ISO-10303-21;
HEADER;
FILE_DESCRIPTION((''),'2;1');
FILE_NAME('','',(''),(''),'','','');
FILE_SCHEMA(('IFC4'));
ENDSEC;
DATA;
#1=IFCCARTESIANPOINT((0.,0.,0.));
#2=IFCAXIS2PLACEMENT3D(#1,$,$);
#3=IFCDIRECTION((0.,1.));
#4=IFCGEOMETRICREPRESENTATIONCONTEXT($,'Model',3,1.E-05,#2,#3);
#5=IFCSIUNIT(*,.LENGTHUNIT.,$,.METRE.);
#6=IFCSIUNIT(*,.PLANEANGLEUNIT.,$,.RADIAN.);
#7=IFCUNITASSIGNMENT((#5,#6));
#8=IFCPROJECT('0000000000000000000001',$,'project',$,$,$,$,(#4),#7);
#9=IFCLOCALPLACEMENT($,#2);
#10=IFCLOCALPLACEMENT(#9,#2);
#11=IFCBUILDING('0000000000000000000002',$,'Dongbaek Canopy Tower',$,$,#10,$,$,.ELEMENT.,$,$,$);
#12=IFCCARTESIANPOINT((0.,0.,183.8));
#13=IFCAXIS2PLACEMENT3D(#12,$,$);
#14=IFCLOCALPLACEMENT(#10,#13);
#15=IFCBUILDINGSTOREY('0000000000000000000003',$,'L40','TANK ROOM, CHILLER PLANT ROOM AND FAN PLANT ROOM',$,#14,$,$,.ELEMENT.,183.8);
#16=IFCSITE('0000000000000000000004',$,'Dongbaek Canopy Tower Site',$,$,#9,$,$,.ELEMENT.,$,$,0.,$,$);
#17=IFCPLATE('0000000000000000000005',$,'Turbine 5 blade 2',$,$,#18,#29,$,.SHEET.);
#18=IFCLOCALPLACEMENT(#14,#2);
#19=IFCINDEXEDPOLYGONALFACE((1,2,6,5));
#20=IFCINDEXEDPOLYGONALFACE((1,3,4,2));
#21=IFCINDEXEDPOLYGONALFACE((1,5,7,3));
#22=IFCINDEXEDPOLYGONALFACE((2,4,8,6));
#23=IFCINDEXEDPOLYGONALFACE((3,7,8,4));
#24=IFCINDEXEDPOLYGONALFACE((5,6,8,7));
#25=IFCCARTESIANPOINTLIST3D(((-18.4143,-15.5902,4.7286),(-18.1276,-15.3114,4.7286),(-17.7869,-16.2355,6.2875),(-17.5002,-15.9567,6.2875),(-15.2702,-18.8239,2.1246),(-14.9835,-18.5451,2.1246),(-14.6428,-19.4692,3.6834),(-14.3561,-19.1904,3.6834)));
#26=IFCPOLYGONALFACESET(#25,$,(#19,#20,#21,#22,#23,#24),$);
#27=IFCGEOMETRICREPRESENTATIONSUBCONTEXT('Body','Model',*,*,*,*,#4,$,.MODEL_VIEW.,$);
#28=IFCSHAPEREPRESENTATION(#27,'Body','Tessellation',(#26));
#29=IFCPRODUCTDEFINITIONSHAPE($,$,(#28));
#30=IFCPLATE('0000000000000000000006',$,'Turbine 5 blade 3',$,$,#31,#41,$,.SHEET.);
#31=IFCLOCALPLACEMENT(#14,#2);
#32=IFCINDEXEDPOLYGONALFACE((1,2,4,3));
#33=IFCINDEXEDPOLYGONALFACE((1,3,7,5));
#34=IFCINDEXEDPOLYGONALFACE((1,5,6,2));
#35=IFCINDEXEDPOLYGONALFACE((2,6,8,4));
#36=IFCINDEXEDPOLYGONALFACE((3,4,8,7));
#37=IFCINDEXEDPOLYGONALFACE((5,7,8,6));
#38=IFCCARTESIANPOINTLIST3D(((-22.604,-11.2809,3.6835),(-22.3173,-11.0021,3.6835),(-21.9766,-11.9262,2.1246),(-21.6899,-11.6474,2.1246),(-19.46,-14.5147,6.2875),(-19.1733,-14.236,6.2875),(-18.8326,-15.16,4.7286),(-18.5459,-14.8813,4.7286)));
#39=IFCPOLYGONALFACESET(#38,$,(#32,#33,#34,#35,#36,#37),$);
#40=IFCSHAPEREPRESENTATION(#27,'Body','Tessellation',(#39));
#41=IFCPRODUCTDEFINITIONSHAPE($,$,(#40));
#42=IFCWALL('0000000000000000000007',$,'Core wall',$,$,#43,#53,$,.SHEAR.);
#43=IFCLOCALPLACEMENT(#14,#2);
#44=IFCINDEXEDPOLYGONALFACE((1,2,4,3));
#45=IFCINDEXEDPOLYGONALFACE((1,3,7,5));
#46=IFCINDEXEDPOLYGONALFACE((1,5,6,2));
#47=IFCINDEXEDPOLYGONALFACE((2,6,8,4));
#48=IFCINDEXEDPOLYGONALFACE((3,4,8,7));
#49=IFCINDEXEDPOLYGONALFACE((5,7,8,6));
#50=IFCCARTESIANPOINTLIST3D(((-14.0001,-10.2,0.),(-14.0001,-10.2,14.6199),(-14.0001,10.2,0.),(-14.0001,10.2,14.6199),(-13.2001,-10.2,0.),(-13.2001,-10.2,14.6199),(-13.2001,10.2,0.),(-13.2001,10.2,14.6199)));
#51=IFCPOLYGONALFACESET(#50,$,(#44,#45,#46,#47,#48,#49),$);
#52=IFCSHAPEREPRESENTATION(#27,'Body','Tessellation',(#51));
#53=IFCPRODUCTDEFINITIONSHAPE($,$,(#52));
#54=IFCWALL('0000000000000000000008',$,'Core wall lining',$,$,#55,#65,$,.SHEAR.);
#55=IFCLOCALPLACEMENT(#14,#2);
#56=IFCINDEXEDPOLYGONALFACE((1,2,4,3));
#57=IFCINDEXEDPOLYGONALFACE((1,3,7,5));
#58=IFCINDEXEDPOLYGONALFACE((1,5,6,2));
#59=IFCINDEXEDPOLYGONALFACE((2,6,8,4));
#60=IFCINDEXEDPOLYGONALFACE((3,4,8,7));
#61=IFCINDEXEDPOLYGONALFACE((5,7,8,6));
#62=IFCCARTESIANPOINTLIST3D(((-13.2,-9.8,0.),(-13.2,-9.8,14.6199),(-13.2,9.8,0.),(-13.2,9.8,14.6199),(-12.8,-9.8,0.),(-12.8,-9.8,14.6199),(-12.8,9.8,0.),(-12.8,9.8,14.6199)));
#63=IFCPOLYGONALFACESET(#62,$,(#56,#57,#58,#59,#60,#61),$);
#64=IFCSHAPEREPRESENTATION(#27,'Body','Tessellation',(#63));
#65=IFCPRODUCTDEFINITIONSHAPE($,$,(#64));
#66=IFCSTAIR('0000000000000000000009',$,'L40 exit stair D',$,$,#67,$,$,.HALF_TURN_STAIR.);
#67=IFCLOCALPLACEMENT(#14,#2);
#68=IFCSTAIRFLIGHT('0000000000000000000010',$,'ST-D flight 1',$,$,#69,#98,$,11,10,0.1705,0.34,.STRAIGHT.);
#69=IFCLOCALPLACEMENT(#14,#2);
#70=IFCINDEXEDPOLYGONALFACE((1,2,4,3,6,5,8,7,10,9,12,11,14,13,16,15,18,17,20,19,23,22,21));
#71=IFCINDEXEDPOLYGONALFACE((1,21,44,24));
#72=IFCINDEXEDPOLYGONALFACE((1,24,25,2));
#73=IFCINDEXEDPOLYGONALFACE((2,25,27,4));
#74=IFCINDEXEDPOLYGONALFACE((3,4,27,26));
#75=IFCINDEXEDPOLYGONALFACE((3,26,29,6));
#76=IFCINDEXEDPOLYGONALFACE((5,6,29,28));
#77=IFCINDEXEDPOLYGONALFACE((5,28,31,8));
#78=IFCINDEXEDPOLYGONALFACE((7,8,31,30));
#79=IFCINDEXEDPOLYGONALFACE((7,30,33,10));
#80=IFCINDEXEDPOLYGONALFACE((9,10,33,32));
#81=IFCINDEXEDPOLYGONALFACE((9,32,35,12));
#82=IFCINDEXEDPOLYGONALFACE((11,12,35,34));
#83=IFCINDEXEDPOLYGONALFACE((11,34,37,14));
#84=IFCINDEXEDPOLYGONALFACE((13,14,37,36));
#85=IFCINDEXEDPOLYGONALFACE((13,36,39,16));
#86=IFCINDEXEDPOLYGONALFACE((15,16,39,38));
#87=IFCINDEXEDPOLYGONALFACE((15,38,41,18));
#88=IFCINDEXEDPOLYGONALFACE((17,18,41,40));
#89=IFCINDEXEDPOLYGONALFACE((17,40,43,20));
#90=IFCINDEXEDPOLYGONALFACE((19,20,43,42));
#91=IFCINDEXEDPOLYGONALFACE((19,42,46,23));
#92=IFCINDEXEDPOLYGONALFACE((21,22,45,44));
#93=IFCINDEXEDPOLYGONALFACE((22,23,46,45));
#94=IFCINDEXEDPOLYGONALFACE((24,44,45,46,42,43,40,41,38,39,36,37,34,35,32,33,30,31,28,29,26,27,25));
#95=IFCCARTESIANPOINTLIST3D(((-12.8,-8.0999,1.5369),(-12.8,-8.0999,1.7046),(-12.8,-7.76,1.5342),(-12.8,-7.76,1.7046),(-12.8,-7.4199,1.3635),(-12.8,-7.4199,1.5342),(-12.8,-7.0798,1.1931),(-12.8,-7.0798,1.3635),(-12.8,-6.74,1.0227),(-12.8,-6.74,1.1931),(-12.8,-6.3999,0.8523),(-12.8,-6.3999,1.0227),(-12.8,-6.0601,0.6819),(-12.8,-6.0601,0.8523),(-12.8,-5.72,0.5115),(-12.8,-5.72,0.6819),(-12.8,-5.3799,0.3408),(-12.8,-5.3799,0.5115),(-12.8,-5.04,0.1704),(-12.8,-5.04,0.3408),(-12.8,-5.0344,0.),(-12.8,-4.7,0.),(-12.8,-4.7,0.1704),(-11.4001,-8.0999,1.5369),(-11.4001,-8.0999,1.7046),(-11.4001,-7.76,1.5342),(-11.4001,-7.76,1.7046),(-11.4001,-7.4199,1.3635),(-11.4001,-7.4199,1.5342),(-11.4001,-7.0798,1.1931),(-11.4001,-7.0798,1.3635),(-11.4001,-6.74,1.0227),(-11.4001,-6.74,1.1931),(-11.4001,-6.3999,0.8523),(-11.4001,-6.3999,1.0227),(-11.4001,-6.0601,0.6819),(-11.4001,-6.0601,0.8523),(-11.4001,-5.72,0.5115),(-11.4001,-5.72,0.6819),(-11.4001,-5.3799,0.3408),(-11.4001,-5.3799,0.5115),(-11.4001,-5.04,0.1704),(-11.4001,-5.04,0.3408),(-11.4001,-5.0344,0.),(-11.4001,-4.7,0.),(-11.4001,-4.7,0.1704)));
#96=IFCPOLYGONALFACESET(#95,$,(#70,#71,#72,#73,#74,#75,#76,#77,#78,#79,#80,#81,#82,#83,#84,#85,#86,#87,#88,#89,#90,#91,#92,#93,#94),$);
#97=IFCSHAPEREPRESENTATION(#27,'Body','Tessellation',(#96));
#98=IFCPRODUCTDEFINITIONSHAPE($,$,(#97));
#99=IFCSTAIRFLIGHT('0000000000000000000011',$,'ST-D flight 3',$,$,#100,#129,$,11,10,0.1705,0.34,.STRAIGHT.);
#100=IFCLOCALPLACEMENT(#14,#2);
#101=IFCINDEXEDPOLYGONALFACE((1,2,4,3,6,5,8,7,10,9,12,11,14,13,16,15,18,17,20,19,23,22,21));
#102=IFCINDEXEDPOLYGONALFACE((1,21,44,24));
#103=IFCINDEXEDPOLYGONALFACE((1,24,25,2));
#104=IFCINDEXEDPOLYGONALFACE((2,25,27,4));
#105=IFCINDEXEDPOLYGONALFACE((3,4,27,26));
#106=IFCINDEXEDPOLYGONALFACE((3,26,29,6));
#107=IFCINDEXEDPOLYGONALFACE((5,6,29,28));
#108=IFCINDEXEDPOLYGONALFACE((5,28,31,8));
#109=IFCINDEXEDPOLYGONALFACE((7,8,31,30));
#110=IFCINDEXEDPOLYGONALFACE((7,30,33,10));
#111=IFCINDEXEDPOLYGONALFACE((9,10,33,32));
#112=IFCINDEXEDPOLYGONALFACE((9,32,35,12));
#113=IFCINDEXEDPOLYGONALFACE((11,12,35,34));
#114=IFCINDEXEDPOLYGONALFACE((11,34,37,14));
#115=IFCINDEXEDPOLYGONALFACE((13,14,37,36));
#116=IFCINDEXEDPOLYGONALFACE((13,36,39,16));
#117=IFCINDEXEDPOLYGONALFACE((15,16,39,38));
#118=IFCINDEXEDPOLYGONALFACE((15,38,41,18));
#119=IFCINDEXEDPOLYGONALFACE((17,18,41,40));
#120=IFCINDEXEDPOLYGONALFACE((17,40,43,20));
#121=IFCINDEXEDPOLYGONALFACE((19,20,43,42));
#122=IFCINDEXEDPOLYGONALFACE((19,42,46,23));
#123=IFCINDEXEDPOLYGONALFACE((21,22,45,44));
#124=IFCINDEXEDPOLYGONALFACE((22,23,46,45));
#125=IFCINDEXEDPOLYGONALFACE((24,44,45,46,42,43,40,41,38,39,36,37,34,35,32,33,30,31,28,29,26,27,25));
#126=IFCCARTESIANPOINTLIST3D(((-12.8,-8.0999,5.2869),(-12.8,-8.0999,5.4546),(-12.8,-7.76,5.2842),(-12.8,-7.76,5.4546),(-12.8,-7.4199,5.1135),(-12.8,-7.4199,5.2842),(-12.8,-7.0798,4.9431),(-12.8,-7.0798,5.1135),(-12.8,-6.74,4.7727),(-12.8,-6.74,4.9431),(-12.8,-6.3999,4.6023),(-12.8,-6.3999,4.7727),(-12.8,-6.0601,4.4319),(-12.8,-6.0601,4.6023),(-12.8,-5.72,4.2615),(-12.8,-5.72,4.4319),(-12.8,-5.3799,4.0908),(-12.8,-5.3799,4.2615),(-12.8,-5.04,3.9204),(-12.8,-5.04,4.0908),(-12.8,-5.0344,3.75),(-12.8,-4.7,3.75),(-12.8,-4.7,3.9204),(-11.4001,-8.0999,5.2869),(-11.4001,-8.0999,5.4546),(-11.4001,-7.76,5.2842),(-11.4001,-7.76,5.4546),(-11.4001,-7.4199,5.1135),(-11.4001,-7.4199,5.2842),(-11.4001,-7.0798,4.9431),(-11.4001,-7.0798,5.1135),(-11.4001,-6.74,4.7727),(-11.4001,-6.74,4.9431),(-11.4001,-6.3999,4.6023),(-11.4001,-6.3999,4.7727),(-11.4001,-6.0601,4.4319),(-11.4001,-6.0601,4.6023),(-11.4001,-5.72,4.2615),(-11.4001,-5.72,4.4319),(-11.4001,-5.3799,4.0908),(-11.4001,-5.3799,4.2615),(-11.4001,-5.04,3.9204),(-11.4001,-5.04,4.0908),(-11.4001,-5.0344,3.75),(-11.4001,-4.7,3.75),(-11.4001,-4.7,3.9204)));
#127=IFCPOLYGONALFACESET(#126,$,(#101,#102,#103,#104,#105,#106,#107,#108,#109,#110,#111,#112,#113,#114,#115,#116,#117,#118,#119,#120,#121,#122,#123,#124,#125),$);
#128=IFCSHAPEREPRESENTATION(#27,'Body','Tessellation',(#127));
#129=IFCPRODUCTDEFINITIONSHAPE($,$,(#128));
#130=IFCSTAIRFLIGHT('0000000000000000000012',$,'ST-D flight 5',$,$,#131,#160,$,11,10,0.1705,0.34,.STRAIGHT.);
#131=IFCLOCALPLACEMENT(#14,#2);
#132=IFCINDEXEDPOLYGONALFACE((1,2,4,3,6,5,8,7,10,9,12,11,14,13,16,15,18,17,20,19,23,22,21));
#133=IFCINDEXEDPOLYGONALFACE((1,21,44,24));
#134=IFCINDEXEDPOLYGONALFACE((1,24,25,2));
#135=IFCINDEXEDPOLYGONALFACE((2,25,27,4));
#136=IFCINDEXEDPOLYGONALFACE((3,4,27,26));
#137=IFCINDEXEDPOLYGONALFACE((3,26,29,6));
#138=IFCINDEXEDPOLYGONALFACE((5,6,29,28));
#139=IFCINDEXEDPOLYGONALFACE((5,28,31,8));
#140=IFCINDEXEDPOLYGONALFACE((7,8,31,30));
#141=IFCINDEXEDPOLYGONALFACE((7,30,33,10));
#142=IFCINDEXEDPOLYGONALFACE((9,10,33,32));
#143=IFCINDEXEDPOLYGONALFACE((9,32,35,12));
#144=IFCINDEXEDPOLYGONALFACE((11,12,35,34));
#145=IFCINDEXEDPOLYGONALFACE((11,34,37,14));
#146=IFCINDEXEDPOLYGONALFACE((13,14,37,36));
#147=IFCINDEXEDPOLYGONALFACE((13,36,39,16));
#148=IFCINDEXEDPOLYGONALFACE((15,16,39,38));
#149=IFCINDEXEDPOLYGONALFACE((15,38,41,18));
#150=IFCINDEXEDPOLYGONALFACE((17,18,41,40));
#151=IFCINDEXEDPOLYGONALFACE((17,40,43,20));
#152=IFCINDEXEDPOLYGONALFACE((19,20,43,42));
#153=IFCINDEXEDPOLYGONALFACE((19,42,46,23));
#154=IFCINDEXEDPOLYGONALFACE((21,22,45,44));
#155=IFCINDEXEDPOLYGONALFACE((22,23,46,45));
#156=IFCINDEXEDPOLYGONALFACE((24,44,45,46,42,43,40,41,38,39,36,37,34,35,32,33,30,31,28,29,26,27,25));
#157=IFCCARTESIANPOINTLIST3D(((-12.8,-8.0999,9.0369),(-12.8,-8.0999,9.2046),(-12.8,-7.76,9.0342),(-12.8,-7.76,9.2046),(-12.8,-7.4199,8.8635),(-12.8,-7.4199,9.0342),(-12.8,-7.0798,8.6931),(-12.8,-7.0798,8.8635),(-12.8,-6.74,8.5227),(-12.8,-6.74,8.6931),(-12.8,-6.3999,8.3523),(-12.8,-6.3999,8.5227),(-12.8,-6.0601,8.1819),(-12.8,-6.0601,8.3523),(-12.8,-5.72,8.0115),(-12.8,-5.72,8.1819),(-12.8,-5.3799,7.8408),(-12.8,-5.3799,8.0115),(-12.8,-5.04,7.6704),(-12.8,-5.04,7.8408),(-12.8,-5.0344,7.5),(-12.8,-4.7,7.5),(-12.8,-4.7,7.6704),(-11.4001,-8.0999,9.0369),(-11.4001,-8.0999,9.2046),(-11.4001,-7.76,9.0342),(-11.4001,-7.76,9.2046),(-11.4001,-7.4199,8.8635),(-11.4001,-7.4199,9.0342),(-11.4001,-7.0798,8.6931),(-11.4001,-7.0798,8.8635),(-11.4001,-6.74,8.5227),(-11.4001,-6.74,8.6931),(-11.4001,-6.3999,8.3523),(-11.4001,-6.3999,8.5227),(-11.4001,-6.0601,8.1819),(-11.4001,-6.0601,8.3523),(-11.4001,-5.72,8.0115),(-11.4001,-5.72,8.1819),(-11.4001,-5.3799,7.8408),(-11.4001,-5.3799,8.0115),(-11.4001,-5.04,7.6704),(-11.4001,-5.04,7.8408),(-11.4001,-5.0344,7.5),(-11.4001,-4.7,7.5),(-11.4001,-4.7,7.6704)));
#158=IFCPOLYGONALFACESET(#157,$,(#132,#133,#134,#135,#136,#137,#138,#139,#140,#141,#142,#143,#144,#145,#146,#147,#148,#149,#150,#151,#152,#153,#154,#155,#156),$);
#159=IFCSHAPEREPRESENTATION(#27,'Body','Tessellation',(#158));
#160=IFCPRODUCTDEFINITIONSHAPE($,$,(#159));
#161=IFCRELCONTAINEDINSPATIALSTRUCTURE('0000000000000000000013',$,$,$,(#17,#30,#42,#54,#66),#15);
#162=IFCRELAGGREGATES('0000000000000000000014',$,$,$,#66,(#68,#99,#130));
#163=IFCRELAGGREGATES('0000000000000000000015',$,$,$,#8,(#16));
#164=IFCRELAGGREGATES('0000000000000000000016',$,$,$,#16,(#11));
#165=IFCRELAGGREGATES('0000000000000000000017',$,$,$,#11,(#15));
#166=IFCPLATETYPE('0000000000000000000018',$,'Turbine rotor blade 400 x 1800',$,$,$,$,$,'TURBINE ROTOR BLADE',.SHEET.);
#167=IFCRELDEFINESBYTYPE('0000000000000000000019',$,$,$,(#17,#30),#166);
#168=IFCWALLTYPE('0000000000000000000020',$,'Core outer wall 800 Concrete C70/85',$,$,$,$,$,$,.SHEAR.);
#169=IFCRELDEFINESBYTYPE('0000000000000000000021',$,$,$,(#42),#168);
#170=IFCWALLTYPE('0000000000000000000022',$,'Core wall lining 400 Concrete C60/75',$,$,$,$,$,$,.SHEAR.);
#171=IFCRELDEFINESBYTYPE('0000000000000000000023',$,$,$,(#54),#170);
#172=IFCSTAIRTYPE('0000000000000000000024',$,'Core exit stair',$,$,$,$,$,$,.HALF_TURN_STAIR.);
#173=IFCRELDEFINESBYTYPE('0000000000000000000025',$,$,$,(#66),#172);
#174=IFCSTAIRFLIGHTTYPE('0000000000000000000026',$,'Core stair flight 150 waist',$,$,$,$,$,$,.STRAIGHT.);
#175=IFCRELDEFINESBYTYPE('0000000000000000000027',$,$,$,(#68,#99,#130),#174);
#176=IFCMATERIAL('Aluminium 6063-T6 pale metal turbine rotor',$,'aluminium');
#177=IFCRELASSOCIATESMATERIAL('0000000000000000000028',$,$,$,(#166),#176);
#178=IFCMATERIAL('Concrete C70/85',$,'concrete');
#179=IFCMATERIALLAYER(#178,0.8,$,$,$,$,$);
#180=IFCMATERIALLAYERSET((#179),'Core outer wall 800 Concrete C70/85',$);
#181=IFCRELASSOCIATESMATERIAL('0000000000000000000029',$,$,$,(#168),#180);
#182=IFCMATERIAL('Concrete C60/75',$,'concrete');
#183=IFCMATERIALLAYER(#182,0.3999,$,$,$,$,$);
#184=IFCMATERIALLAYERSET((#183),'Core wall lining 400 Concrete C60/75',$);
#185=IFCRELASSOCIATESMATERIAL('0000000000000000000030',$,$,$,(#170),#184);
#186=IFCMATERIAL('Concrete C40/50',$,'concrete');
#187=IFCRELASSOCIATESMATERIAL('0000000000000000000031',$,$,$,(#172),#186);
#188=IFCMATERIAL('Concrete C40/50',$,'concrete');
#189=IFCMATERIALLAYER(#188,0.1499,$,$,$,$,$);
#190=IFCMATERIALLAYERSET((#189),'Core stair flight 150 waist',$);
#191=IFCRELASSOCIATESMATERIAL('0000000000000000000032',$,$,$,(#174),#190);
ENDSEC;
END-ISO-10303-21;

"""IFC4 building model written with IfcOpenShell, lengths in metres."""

from ifc_helpers import new_model, si_unit, direction, frame, frame_2d, origin, origin_2d, place, context, subcontext, project, spatial, polyline, rectangle, outline, extrude, material, layer, layer_set, material_profile, profile_set, type_object, element, aggregate, save


model = new_model("IFC4")

# Units and contexts
model_context = context("Model", 3, precision=1e-05, world=origin(), true_north=direction((0.0, 1.0)))
body_context = subcontext(model_context, "Body", "Model", "MODEL_VIEW")
ifc_project = project(units=[si_unit("LENGTHUNIT", "METRE"), si_unit("PLANEANGLEUNIT", "RADIAN")], contexts=[model_context])

# Site, building, storey
site_placement = place(None, origin())
site = spatial("IfcSite", under=ifc_project, at=site_placement, Name="Dongbaek Canopy Tower Site", CompositionType="ELEMENT", RefElevation=0.0)
building_placement = place(site_placement, origin())
building = spatial("IfcBuilding", under=site, at=building_placement, Name="Dongbaek Canopy Tower", CompositionType="ELEMENT")
storey_placement = place(building_placement, frame((0.0, 0.0, 183.8)))
storey = spatial("IfcBuildingStorey", under=building, at=storey_placement, Name="L40", Description="TANK ROOM, CHILLER PLANT ROOM AND FAN PLANT ROOM", CompositionType="ELEMENT", Elevation=183.8)

# Plates
ifc_material_1 = material(Name="Aluminium 6063-T6 pale metal turbine rotor", Category="aluminium")
ifc_material_profile_1 = material_profile(ifc_material_1, rectangle(XDim=0.3999, YDim=1.8, at=origin_2d()), Name="Turbine rotor blade 400 x 1800")
ifc_profile_set_1 = profile_set([ifc_material_profile_1], Name="Aluminium 6063-T6 pale metal turbine rotor")
plate_type = type_object("IfcPlateType", Name="Turbine rotor blade 400 x 1800", ElementType="TURBINE ROTOR BLADE", PredefinedType="SHEET", material=ifc_profile_set_1)
for number, where, z_axis, x_axis, name in (
    (1, (-17.9573, -15.7734, 5.5081), (0.603706, -0.62091, -0.50001), (0.71697, 0.697104, 0.0), "Turbine 5 blade 2"),
    (2, (-19.0029, -14.698, 5.5081), (-0.603688, 0.620939, -0.499995), (-0.716996, -0.697077, 0.0), "Turbine 5 blade 3"),
):
    element("IfcPlate", number, at=place(storey_placement, frame(where, z_axis=z_axis, x_axis=x_axis)), inside=storey, type_object=plate_type, Name=name, PredefinedType="SHEET", context=body_context, shape_type="SweptSolid", body=[
        extrude(rectangle(XDim=0.3999, YDim=1.8, at=origin_2d()), origin(), (0.0, 0.0, 1.0), 5.208),
    ])

# Walls
ifc_material_2 = material(Name="Concrete C70/85", Category="concrete")
ifc_layer_1 = layer(ifc_material_2, 0.8)
ifc_layer_set_1 = layer_set([ifc_layer_1], Name="Core outer wall 800 Concrete C70/85")
wall_type_1 = type_object("IfcWallType", Name="Core outer wall 800 Concrete C70/85", PredefinedType="SHEAR", material=ifc_layer_set_1)
wall_1_placement = place(storey_placement, frame((-13.6001, -10.2, 0.0), z_axis=(0.0, 0.0, 1.0), x_axis=(0.0, 1.0, 0.0)))
element("IfcWall", 3, at=wall_1_placement, inside=storey, type_object=wall_type_1, Name="Core wall", PredefinedType="SHEAR", context=body_context, shape_type="SweptSolid", body=[
    extrude(rectangle(XDim=20.3999, YDim=0.8, at=frame_2d((10.2, 0.0))), origin(), (0.0, 0.0, 1.0), 14.6199),
])
ifc_material_3 = material(Name="Concrete C60/75", Category="concrete")
ifc_layer_2 = layer(ifc_material_3, 0.3999)
ifc_layer_set_2 = layer_set([ifc_layer_2], Name="Core wall lining 400 Concrete C60/75")
wall_type_2 = type_object("IfcWallType", Name="Core wall lining 400 Concrete C60/75", PredefinedType="SHEAR", material=ifc_layer_set_2)
wall_2_placement = place(storey_placement, frame((-13.0, -9.8, 0.0), z_axis=(0.0, 0.0, 1.0), x_axis=(0.0, 1.0, 0.0)))
element("IfcWall", 4, at=wall_2_placement, inside=storey, type_object=wall_type_2, Name="Core wall lining", PredefinedType="SHEAR", context=body_context, shape_type="SweptSolid", body=[
    extrude(rectangle(XDim=19.6001, YDim=0.3999, at=frame_2d((9.8, 0.0))), origin(), (0.0, 0.0, 1.0), 14.6199),
])

# Stair, stair flights
ifc_material_4 = material(Name="Concrete C40/50", Category="concrete")
stair_type = type_object("IfcStairType", Name="Core exit stair", PredefinedType="HALF_TURN_STAIR", material=ifc_material_4)
stair_placement = place(storey_placement, origin())
stair = element("IfcStair", 5, at=stair_placement, inside=storey, type_object=stair_type, Name="L40 exit stair D", PredefinedType="HALF_TURN_STAIR")
ifc_material_5 = material(Name="Concrete C40/50", Category="concrete")
ifc_layer_3 = layer(ifc_material_5, 0.1499)
ifc_layer_set_3 = layer_set([ifc_layer_3], Name="Core stair flight 150 waist")
stair_flight_type = type_object("IfcStairFlightType", Name="Core stair flight 150 waist", PredefinedType="STRAIGHT", material=ifc_layer_set_3)
stair_flight_1_placement = place(storey_placement, frame((-12.1001, -4.7, 0.0), z_axis=(0.0, 0.0, 1.0), x_axis=(0.0, -1.0, 0.0)))
stair_flight_1 = element("IfcStairFlight", 6, at=stair_flight_1_placement, type_object=stair_flight_type, Name="ST-D flight 1", NumberOfRisers=11, NumberOfTreads=10, PredefinedType="STRAIGHT", RiserHeight=0.1705, TreadLength=0.34, context=body_context, shape_type="SweptSolid", body=[
    extrude(outline(polyline([(0.0, 0.0), (0.0, 0.1704), (0.3401, 0.1704), (0.3401, 0.3408), (0.6799, 0.3408), (0.6799, 0.5115), (1.02, 0.5115), (1.02, 0.6819), (1.3601, 0.6819), (1.3601, 0.8523), (1.7, 0.8523), (1.7, 1.0227), (2.04, 1.0227), (2.04, 1.1931), (2.3799, 1.1931), (2.3799, 1.3635), (2.72, 1.3635), (2.72, 1.5342), (3.0601, 1.5342), (3.0601, 1.7046), (3.3999, 1.7046), (3.3999, 1.875), (3.3999, 1.5369), (0.3345, 0.0), (0.0, 0.0)])), frame((0.0, 0.7, 0.0), z_axis=(0.0, -1.0, 0.0), x_axis=(1.0, 0.0, 0.0)), (0.0, 0.0, 1.0), 1.3999),
])
stair_flight_2_placement = place(storey_placement, frame((-12.1001, -4.7, 3.75), z_axis=(0.0, 0.0, 1.0), x_axis=(0.0, -1.0, 0.0)))
stair_flight_2 = element("IfcStairFlight", 7, at=stair_flight_2_placement, type_object=stair_flight_type, Name="ST-D flight 3", NumberOfRisers=11, NumberOfTreads=10, PredefinedType="STRAIGHT", RiserHeight=0.1705, TreadLength=0.34, context=body_context, shape_type="SweptSolid", body=[
    extrude(outline(polyline([(0.0, 0.0), (0.0, 0.1704), (0.3401, 0.1704), (0.3401, 0.3408), (0.6799, 0.3408), (0.6799, 0.5115), (1.02, 0.5115), (1.02, 0.6819), (1.3601, 0.6819), (1.3601, 0.8523), (1.7, 0.8523), (1.7, 1.0227), (2.04, 1.0227), (2.04, 1.1931), (2.3799, 1.1931), (2.3799, 1.3635), (2.72, 1.3635), (2.72, 1.5342), (3.0601, 1.5342), (3.0601, 1.7046), (3.3999, 1.7046), (3.3999, 1.875), (3.3999, 1.5369), (0.3345, 0.0), (0.0, 0.0)])), frame((0.0, 0.7, 0.0), z_axis=(0.0, -1.0, 0.0), x_axis=(1.0, 0.0, 0.0)), (0.0, 0.0, 1.0), 1.3999),
])
stair_flight_3_placement = place(storey_placement, frame((-12.1001, -4.7, 7.5), z_axis=(0.0, 0.0, 1.0), x_axis=(0.0, -1.0, 0.0)))
stair_flight_3 = element("IfcStairFlight", 8, at=stair_flight_3_placement, type_object=stair_flight_type, Name="ST-D flight 5", NumberOfRisers=11, NumberOfTreads=10, PredefinedType="STRAIGHT", RiserHeight=0.1705, TreadLength=0.34, context=body_context, shape_type="SweptSolid", body=[
    extrude(outline(polyline([(0.0, 0.0), (0.0, 0.1704), (0.3401, 0.1704), (0.3401, 0.3408), (0.6799, 0.3408), (0.6799, 0.5115), (1.02, 0.5115), (1.02, 0.6819), (1.3601, 0.6819), (1.3601, 0.8523), (1.7, 0.8523), (1.7, 1.0227), (2.04, 1.0227), (2.04, 1.1931), (2.3799, 1.1931), (2.3799, 1.3635), (2.72, 1.3635), (2.72, 1.5342), (3.0601, 1.5342), (3.0601, 1.7046), (3.3999, 1.7046), (3.3999, 1.875), (3.3999, 1.5369), (0.3345, 0.0), (0.0, 0.0)])), frame((0.0, 0.7, 0.0), z_axis=(0.0, -1.0, 0.0), x_axis=(1.0, 0.0, 0.0)), (0.0, 0.0, 1.0), 1.3999),
])
aggregate(stair, [stair_flight_1, stair_flight_2, stair_flight_3])

save(model, "model.ifc")
